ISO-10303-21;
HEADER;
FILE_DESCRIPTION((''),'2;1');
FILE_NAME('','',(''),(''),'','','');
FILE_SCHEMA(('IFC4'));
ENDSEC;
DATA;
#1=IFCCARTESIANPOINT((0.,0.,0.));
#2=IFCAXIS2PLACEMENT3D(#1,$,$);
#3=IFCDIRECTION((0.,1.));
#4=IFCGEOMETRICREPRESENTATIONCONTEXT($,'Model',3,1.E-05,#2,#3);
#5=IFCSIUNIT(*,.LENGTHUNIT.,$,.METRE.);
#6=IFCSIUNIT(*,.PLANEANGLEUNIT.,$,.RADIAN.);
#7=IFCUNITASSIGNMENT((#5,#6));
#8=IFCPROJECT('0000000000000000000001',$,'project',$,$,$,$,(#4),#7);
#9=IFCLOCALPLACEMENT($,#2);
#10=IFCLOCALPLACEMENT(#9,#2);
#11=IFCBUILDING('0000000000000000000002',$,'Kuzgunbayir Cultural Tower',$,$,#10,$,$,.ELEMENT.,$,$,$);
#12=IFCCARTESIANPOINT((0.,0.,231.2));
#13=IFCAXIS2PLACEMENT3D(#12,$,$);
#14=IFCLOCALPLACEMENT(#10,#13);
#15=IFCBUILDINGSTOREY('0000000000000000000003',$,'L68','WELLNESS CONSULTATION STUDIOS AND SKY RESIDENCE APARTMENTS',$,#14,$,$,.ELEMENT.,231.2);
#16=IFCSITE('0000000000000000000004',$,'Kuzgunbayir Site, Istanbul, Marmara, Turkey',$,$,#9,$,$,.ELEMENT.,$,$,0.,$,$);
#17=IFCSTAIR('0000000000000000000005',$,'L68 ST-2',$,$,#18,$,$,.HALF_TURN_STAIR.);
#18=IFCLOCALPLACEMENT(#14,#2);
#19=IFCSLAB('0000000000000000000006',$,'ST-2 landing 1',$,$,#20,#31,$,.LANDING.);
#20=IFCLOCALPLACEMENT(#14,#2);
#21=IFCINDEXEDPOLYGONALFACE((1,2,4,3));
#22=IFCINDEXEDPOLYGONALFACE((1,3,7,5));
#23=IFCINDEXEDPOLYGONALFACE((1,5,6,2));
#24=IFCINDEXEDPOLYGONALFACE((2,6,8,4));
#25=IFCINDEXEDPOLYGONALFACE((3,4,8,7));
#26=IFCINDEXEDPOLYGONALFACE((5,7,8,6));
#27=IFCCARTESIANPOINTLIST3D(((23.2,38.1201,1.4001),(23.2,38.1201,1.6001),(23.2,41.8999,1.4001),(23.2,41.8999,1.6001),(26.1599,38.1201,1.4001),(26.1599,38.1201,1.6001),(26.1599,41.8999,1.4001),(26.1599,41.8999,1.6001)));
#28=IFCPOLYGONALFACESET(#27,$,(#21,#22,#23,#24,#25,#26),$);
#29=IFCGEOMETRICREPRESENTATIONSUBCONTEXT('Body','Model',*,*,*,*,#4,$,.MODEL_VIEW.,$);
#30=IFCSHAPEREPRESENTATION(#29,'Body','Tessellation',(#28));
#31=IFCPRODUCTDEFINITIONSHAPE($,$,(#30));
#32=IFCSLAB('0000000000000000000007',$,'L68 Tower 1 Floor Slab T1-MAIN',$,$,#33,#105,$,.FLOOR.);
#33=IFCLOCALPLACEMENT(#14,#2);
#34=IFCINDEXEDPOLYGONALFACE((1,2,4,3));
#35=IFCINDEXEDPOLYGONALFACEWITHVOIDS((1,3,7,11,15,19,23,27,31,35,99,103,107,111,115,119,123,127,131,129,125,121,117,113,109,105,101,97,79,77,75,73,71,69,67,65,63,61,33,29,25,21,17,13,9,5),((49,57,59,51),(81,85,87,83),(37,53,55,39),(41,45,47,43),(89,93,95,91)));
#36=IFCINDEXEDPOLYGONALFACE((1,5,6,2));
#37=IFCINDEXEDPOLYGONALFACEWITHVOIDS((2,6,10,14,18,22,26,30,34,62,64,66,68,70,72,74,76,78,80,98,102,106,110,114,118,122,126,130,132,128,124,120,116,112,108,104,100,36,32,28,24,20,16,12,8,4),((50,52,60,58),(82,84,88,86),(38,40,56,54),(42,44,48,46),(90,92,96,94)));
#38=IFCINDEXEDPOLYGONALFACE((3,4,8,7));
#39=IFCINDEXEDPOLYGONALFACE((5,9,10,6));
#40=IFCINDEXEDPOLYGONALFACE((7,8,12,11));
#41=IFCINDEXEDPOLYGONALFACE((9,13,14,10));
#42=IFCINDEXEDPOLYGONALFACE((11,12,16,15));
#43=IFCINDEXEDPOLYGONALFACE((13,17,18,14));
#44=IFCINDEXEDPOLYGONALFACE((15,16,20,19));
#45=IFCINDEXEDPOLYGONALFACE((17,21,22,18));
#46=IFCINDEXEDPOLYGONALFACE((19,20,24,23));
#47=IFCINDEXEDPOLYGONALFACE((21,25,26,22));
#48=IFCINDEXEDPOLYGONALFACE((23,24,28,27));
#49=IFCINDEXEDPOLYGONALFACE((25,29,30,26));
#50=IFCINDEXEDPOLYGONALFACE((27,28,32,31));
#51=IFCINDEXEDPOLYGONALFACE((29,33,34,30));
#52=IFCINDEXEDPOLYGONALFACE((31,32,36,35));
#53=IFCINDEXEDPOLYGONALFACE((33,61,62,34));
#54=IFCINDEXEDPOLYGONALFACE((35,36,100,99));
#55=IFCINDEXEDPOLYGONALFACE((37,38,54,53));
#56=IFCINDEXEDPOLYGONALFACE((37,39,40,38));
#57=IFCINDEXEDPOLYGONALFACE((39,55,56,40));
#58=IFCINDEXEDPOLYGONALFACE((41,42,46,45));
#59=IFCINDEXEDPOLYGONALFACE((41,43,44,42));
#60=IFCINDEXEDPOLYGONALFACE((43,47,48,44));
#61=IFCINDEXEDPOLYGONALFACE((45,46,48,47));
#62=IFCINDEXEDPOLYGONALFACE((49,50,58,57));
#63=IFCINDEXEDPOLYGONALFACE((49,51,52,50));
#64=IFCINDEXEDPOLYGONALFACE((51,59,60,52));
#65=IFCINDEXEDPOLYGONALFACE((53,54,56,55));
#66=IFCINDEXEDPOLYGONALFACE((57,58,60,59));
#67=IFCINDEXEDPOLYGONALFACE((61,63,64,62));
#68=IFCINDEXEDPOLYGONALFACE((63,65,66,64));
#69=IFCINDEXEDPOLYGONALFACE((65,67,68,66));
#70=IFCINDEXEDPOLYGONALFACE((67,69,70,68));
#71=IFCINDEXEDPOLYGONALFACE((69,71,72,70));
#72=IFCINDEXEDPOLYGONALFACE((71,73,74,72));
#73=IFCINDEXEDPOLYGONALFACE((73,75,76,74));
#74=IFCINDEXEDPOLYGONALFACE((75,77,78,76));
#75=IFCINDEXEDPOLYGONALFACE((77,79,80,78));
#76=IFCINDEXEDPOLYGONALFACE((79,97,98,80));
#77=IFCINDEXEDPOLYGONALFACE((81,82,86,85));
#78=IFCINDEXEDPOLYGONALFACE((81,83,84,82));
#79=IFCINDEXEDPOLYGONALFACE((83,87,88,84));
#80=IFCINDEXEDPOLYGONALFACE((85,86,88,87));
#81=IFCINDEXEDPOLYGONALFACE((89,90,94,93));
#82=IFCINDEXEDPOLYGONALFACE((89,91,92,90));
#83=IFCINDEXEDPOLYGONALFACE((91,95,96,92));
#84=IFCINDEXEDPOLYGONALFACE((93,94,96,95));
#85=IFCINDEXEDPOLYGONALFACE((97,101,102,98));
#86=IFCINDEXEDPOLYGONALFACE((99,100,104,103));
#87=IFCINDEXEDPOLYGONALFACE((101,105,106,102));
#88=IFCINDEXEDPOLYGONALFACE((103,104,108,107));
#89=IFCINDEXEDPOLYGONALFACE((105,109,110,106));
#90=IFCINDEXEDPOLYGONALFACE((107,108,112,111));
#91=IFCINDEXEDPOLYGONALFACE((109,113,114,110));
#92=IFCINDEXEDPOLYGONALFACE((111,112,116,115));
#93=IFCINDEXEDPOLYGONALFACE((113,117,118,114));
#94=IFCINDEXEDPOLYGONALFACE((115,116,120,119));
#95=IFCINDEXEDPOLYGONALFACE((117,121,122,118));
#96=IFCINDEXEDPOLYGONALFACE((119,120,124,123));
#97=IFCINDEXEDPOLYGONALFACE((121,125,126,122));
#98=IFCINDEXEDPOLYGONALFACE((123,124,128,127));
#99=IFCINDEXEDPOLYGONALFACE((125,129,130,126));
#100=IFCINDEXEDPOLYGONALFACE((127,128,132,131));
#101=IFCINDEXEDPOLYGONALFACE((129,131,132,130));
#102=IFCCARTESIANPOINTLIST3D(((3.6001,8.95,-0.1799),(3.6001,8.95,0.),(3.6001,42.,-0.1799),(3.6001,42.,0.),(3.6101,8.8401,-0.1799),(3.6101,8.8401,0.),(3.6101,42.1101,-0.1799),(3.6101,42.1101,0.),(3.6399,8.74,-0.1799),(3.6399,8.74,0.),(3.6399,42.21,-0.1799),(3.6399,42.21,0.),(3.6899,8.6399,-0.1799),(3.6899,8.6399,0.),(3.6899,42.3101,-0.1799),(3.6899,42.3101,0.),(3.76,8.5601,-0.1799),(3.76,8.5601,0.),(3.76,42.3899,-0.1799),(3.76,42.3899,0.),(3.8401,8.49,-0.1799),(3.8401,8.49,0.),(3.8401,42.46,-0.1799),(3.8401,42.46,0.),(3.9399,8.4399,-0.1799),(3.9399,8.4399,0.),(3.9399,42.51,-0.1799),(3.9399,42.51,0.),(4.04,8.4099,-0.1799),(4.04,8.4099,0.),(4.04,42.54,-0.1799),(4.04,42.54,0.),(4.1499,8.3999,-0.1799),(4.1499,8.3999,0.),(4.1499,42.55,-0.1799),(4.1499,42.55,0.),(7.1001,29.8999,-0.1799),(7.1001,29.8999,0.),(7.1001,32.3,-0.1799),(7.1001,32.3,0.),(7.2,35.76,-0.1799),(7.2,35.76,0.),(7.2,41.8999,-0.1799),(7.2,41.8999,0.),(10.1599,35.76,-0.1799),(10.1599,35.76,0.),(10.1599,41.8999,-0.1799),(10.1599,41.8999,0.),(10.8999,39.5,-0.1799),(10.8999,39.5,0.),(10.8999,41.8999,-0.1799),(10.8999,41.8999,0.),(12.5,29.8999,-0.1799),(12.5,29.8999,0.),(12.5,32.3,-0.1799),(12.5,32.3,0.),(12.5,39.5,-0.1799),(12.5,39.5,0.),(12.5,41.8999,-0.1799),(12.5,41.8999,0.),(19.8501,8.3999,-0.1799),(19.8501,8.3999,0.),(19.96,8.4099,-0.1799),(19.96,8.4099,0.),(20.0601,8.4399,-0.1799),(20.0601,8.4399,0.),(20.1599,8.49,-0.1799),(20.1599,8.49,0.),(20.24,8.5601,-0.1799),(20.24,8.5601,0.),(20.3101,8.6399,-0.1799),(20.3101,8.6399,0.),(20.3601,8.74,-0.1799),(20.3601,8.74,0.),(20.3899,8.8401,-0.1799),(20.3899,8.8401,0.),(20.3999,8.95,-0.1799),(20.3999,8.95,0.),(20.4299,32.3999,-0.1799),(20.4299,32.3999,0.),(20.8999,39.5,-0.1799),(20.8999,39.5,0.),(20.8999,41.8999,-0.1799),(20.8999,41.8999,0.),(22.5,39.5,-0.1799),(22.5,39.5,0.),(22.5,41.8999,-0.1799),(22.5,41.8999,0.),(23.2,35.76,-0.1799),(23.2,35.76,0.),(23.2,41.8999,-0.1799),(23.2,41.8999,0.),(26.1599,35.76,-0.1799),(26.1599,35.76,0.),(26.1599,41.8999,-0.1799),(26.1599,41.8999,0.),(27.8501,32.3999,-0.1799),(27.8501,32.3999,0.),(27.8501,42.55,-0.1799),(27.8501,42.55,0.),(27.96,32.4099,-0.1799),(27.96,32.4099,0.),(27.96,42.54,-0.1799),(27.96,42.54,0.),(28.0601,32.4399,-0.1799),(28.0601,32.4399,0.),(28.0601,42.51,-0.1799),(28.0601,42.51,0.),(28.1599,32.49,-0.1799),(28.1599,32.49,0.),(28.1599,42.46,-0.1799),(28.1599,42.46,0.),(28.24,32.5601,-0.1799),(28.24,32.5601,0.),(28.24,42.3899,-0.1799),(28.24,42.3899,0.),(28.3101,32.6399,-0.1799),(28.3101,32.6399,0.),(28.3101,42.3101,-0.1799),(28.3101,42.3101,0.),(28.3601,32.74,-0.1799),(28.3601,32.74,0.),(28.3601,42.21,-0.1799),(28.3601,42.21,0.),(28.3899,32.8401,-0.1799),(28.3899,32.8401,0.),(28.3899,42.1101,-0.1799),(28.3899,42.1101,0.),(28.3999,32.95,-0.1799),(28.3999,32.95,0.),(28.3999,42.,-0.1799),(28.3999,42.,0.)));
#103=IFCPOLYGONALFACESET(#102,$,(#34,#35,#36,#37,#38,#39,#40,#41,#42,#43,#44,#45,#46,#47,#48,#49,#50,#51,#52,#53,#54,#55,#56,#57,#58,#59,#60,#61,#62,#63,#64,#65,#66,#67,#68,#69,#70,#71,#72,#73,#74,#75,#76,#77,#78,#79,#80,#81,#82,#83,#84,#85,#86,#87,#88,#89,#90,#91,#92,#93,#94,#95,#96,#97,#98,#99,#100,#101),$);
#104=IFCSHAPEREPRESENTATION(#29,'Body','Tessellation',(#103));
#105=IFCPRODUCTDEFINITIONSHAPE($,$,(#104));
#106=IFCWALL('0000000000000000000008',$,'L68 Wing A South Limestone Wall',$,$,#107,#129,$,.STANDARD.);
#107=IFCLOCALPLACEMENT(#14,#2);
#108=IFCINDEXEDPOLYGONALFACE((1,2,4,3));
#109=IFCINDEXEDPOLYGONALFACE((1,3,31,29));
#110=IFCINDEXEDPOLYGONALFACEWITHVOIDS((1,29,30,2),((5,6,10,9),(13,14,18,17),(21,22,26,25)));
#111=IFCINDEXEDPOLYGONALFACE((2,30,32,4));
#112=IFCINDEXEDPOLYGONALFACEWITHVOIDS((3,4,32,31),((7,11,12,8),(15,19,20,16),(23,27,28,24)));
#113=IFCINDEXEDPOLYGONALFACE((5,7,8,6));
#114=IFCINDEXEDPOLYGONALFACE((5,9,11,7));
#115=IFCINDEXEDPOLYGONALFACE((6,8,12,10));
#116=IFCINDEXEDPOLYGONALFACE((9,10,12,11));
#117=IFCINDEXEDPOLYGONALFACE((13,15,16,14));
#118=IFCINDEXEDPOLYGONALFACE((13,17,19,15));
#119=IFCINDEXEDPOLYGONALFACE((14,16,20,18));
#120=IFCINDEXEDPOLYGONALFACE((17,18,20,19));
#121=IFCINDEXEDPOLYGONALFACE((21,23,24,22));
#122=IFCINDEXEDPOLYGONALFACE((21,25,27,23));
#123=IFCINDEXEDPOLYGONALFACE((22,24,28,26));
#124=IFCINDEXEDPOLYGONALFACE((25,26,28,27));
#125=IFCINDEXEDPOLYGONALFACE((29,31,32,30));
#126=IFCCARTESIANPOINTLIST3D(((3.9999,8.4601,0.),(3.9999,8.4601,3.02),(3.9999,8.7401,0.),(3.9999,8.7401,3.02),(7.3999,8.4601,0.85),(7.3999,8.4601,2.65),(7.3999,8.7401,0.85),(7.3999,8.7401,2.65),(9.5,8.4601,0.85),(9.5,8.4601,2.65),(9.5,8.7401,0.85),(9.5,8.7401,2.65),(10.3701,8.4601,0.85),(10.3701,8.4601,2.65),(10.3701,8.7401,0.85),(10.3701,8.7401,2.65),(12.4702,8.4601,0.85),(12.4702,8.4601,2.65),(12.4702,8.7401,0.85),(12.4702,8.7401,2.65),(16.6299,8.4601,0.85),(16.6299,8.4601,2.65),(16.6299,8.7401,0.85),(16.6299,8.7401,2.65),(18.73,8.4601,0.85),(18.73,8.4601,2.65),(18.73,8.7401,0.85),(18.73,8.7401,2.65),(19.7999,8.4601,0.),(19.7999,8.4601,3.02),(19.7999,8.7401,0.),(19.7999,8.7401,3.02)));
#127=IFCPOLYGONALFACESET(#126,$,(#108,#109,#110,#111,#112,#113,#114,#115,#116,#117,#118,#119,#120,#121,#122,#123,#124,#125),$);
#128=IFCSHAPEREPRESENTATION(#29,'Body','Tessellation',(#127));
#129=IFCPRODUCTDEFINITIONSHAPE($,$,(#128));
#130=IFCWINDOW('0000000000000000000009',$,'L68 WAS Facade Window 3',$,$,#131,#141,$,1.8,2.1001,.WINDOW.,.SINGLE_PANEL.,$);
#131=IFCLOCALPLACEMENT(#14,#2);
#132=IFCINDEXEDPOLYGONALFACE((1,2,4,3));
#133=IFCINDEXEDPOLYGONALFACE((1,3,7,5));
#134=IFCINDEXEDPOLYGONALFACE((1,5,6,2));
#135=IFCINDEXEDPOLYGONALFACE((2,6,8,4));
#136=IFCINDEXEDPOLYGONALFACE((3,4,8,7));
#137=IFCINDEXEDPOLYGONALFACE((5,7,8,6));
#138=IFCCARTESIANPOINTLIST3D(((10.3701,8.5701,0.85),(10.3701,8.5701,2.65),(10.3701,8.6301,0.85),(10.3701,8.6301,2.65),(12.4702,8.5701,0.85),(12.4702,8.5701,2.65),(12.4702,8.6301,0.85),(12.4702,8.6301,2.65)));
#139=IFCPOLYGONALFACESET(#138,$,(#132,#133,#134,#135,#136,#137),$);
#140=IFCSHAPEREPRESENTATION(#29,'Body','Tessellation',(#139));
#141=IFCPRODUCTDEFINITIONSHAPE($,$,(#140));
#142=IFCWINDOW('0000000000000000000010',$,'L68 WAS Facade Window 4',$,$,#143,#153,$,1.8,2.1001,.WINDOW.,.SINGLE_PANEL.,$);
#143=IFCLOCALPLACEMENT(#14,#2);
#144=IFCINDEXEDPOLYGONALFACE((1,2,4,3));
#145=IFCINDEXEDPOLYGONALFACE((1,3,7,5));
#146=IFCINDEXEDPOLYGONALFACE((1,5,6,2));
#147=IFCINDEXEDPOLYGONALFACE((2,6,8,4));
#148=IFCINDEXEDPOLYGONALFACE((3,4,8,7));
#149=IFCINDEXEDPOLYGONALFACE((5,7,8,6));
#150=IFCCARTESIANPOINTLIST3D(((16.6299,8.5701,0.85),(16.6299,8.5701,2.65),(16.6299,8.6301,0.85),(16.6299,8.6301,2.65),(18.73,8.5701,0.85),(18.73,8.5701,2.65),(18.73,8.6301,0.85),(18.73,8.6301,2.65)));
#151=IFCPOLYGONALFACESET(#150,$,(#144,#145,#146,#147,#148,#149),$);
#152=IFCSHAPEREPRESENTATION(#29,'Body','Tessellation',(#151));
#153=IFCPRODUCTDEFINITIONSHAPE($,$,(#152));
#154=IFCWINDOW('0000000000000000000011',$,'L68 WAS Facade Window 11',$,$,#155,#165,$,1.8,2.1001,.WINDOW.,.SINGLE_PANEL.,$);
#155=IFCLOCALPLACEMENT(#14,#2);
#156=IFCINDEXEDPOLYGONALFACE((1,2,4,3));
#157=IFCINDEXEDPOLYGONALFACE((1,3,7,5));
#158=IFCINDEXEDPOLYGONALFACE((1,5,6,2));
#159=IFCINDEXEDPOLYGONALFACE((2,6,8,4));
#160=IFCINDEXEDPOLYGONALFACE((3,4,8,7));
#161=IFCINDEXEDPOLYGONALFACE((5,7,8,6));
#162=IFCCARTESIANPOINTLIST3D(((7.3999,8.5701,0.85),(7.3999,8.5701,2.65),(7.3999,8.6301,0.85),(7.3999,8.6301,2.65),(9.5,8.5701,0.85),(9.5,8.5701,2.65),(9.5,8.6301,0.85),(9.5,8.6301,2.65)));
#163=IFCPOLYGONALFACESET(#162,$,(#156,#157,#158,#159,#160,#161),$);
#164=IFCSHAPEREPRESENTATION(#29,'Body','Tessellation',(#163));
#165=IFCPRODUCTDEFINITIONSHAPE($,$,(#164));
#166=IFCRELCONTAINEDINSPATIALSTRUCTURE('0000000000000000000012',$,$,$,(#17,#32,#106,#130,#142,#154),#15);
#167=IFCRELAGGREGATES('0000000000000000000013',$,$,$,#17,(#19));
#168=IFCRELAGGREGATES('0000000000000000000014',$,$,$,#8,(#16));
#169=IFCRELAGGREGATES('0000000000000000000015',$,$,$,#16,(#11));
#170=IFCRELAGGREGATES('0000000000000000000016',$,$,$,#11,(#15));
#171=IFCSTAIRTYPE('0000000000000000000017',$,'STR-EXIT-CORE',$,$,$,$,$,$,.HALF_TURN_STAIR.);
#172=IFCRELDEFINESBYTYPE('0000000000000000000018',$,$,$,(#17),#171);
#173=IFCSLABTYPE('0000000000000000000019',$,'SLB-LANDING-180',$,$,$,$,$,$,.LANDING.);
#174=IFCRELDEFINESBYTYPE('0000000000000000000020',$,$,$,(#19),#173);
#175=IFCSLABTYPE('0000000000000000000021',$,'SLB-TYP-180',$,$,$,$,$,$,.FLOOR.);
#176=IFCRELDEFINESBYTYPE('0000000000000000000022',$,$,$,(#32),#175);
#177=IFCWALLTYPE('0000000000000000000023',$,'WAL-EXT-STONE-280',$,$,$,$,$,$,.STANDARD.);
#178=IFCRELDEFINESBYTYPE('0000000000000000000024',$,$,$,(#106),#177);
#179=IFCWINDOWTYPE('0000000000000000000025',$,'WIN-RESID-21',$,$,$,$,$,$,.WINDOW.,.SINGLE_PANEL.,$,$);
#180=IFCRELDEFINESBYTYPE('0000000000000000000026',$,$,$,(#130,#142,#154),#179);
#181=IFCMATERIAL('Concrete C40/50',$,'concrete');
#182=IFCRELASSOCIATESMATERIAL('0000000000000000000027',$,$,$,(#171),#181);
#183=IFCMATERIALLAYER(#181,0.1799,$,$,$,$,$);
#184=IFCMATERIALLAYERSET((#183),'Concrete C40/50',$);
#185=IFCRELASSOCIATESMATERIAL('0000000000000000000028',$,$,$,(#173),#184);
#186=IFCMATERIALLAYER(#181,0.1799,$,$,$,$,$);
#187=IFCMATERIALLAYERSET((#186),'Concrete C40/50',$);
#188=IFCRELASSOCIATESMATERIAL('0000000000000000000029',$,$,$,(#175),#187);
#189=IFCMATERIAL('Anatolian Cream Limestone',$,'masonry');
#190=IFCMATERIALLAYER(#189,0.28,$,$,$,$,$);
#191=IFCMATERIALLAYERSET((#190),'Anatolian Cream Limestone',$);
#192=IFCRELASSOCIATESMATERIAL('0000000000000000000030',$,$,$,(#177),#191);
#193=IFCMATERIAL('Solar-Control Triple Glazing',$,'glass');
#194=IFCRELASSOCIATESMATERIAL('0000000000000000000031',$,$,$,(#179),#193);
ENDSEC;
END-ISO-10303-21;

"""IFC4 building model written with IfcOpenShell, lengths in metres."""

from ifc_helpers import new_model, si_unit, direction, frame, frame_2d, origin, place, context, subcontext, project, spatial, polyline, rectangle, outline, extrude, material, layer, layer_set, type_object, element, fill, aggregate, save


model = new_model("IFC4")

# Units and contexts
model_context = context("Model", 3, precision=1e-05, world=origin(), true_north=direction((0.0, 1.0)))
body_context = subcontext(model_context, "Body", "Model", "MODEL_VIEW")
ifc_project = project(units=[si_unit("LENGTHUNIT", "METRE"), si_unit("PLANEANGLEUNIT", "RADIAN")], contexts=[model_context])

# Site, building, storey
site_placement = place(None, origin())
site = spatial("IfcSite", under=ifc_project, at=site_placement, Name="Kuzgunbayir Site, Istanbul, Marmara, Turkey", CompositionType="ELEMENT", RefElevation=0.0)
building_placement = place(site_placement, origin())
building = spatial("IfcBuilding", under=site, at=building_placement, Name="Kuzgunbayir Cultural Tower", CompositionType="ELEMENT")
storey_placement = place(building_placement, frame((0.0, 0.0, 231.2)))
storey = spatial("IfcBuildingStorey", under=building, at=storey_placement, Name="L68", Description="WELLNESS CONSULTATION STUDIOS AND SKY RESIDENCE APARTMENTS", CompositionType="ELEMENT", Elevation=231.2)

# Shared definitions
ifc_material_1 = material(Name="Concrete C40/50", Category="concrete")

# Stair, slab
stair_type = type_object("IfcStairType", Name="STR-EXIT-CORE", PredefinedType="HALF_TURN_STAIR", material=ifc_material_1)
ifc_layer_1 = layer(ifc_material_1, 0.1799)
ifc_layer_set_1 = layer_set([ifc_layer_1], Name="Concrete C40/50")
slab_type_1 = type_object("IfcSlabType", Name="SLB-LANDING-180", PredefinedType="LANDING", material=ifc_layer_set_1)
stair_1_placement = place(storey_placement, origin())
stair_1 = element("IfcStair", 1, at=stair_1_placement, inside=storey, type_object=stair_type, Name="L68 ST-2", PredefinedType="HALF_TURN_STAIR")
slab_1_placement = place(storey_placement, frame((0.0, 0.0, 1.4001)))
slab_1 = element("IfcSlab", 2, at=slab_1_placement, type_object=slab_type_1, Name="ST-2 landing 1", PredefinedType="LANDING", context=body_context, shape_type="SweptSolid", body=[
    extrude(outline(polyline([(26.1599, 38.1201), (26.1599, 41.8999), (23.2, 41.8999), (23.2, 38.1201), (26.1599, 38.1201)])), origin(), (0.0, 0.0, 1.0), 0.2),
])
aggregate(stair_1, [slab_1])

# Slab
ifc_layer_2 = layer(ifc_material_1, 0.1799)
ifc_layer_set_2 = layer_set([ifc_layer_2], Name="Concrete C40/50")
slab_type_2 = type_object("IfcSlabType", Name="SLB-TYP-180", PredefinedType="FLOOR", material=ifc_layer_set_2)
slab_2_placement = place(storey_placement, frame((0.0, 0.0, -0.1799)))
element("IfcSlab", 3, at=slab_2_placement, inside=storey, type_object=slab_type_2, Name="L68 Tower 1 Floor Slab T1-MAIN", PredefinedType="FLOOR", context=body_context, shape_type="SweptSolid", body=[
    extrude(outline(polyline([(20.3999, 8.95), (20.3899, 8.8401), (20.3601, 8.74), (20.3101, 8.6399), (20.24, 8.5601), (20.1599, 8.49), (20.0601, 8.4399), (19.96, 8.4099), (19.8501, 8.3999), (4.1499, 8.3999), (4.04, 8.4099), (3.9399, 8.4399), (3.8401, 8.49), (3.76, 8.5601), (3.6899, 8.6399), (3.6399, 8.74), (3.6101, 8.8401), (3.6001, 8.95), (3.6001, 42.0), (3.6101, 42.1101), (3.6399, 42.21), (3.6899, 42.3101), (3.76, 42.3899), (3.8401, 42.46), (3.9399, 42.51), (4.04, 42.54), (4.1499, 42.55), (27.8501, 42.55), (27.96, 42.54), (28.0601, 42.51), (28.1599, 42.46), (28.24, 42.3899), (28.3101, 42.3101), (28.3601, 42.21), (28.3899, 42.1101), (28.3999, 42.0), (28.3999, 32.95), (28.3899, 32.8401), (28.3601, 32.74), (28.3101, 32.6399), (28.24, 32.5601), (28.1599, 32.49), (28.0601, 32.4399), (27.96, 32.4099), (27.8501, 32.3999), (20.4299, 32.3999), (20.3999, 8.95)]), holes=[polyline([(7.2, 35.76), (7.2, 41.8999), (10.1599, 41.8999), (10.1599, 35.76), (7.2, 35.76)]), polyline([(23.2, 35.76), (23.2, 41.8999), (26.1599, 41.8999), (26.1599, 35.76), (23.2, 35.76)]), polyline([(7.1001, 29.8999), (7.1001, 32.3), (12.5, 32.3), (12.5, 29.8999), (7.1001, 29.8999)]), polyline([(10.8999, 39.5), (10.8999, 41.8999), (12.5, 41.8999), (12.5, 39.5), (10.8999, 39.5)]), polyline([(20.8999, 39.5), (20.8999, 41.8999), (22.5, 41.8999), (22.5, 39.5), (20.8999, 39.5)])]), origin(), (0.0, 0.0, 1.0), 0.1799),
])

# Wall, openings, windows
ifc_material_2 = material(Name="Anatolian Cream Limestone", Category="masonry")
ifc_layer_3 = layer(ifc_material_2, 0.28)
ifc_layer_set_3 = layer_set([ifc_layer_3], Name="Anatolian Cream Limestone")
wall_type_1 = type_object("IfcWallType", Name="WAL-EXT-STONE-280", PredefinedType="STANDARD", material=ifc_layer_set_3)
wall_1_placement = place(storey_placement, frame((4.0, 8.6001, 0.0), z_axis=(0.0, 0.0, 1.0), x_axis=(1.0, 0.0, 0.0)))
wall_1 = element("IfcWall", 4, at=wall_1_placement, inside=storey, type_object=wall_type_1, Name="L68 Wing A South Limestone Wall", PredefinedType="STANDARD", context=body_context, shape_type="SweptSolid", body=[
    extrude(rectangle(XDim=15.8, YDim=0.28, at=frame_2d((7.8999, 0.0))), origin(), (0.0, 0.0, 1.0), 3.02),
])
opening_1_placement = place(wall_1_placement, frame((6.3701, 0.0, 0.8501)))
opening_1 = element("IfcOpeningElement", 5, at=opening_1_placement, cuts=wall_1, PredefinedType="OPENING", context=body_context, shape_type="SweptSolid", body=[
    extrude(rectangle(XDim=2.1001, YDim=1.8, at=frame_2d((1.05, 0.8999))), frame((0.0, 0.1499, 0.0), z_axis=(0.0, -1.0, 0.0), x_axis=(1.0, 0.0, 0.0)), (0.0, 0.0, 1.0), 0.3),
])
opening_2_placement = place(wall_1_placement, frame((12.6299, 0.0, 0.8501)))
opening_2 = element("IfcOpeningElement", 6, at=opening_2_placement, cuts=wall_1, PredefinedType="OPENING", context=body_context, shape_type="SweptSolid", body=[
    extrude(rectangle(XDim=2.1001, YDim=1.8, at=frame_2d((1.05, 0.8999))), frame((0.0, 0.1499, 0.0), z_axis=(0.0, -1.0, 0.0), x_axis=(1.0, 0.0, 0.0)), (0.0, 0.0, 1.0), 0.3),
])
opening_3_placement = place(wall_1_placement, frame((3.3999, 0.0, 0.8501)))
opening_3 = element("IfcOpeningElement", 7, at=opening_3_placement, cuts=wall_1, PredefinedType="OPENING", context=body_context, shape_type="SweptSolid", body=[
    extrude(rectangle(XDim=2.1001, YDim=1.8, at=frame_2d((1.05, 0.8999))), frame((0.0, 0.1499, 0.0), z_axis=(0.0, -1.0, 0.0), x_axis=(1.0, 0.0, 0.0)), (0.0, 0.0, 1.0), 0.3),
])
ifc_material_3 = material(Name="Solar-Control Triple Glazing", Category="glass")
window_type = type_object("IfcWindowType", Name="WIN-RESID-21", PartitioningType="SINGLE_PANEL", PredefinedType="WINDOW", material=ifc_material_3)
window_1_placement = place(opening_1_placement, origin())
window_1 = element("IfcWindow", 8, at=window_1_placement, inside=storey, type_object=window_type, Name="L68 WAS Facade Window 3", OverallHeight=1.8, OverallWidth=2.1001, PartitioningType="SINGLE_PANEL", PredefinedType="WINDOW", context=body_context, shape_type="SweptSolid", body=[
    extrude(rectangle(XDim=2.1001, YDim=1.8, at=frame_2d((1.05, 0.8999))), frame((0.0, 0.03, 0.0), z_axis=(0.0, -1.0, 0.0), x_axis=(1.0, 0.0, 0.0)), (0.0, 0.0, 1.0), 0.0601),
])
fill(opening_1, window_1)
window_2_placement = place(opening_2_placement, origin())
window_2 = element("IfcWindow", 9, at=window_2_placement, inside=storey, type_object=window_type, Name="L68 WAS Facade Window 4", OverallHeight=1.8, OverallWidth=2.1001, PartitioningType="SINGLE_PANEL", PredefinedType="WINDOW", context=body_context, shape_type="SweptSolid", body=[
    extrude(rectangle(XDim=2.1001, YDim=1.8, at=frame_2d((1.05, 0.8999))), frame((0.0, 0.03, 0.0), z_axis=(0.0, -1.0, 0.0), x_axis=(1.0, 0.0, 0.0)), (0.0, 0.0, 1.0), 0.0601),
])
fill(opening_2, window_2)
window_3_placement = place(opening_3_placement, origin())
window_3 = element("IfcWindow", 10, at=window_3_placement, inside=storey, type_object=window_type, Name="L68 WAS Facade Window 11", OverallHeight=1.8, OverallWidth=2.1001, PartitioningType="SINGLE_PANEL", PredefinedType="WINDOW", context=body_context, shape_type="SweptSolid", body=[
    extrude(rectangle(XDim=2.1001, YDim=1.8, at=frame_2d((1.05, 0.8999))), frame((0.0, 0.03, 0.0), z_axis=(0.0, -1.0, 0.0), x_axis=(1.0, 0.0, 0.0)), (0.0, 0.0, 1.0), 0.0601),
])
fill(opening_3, window_3)

save(model, "model.ifc")
